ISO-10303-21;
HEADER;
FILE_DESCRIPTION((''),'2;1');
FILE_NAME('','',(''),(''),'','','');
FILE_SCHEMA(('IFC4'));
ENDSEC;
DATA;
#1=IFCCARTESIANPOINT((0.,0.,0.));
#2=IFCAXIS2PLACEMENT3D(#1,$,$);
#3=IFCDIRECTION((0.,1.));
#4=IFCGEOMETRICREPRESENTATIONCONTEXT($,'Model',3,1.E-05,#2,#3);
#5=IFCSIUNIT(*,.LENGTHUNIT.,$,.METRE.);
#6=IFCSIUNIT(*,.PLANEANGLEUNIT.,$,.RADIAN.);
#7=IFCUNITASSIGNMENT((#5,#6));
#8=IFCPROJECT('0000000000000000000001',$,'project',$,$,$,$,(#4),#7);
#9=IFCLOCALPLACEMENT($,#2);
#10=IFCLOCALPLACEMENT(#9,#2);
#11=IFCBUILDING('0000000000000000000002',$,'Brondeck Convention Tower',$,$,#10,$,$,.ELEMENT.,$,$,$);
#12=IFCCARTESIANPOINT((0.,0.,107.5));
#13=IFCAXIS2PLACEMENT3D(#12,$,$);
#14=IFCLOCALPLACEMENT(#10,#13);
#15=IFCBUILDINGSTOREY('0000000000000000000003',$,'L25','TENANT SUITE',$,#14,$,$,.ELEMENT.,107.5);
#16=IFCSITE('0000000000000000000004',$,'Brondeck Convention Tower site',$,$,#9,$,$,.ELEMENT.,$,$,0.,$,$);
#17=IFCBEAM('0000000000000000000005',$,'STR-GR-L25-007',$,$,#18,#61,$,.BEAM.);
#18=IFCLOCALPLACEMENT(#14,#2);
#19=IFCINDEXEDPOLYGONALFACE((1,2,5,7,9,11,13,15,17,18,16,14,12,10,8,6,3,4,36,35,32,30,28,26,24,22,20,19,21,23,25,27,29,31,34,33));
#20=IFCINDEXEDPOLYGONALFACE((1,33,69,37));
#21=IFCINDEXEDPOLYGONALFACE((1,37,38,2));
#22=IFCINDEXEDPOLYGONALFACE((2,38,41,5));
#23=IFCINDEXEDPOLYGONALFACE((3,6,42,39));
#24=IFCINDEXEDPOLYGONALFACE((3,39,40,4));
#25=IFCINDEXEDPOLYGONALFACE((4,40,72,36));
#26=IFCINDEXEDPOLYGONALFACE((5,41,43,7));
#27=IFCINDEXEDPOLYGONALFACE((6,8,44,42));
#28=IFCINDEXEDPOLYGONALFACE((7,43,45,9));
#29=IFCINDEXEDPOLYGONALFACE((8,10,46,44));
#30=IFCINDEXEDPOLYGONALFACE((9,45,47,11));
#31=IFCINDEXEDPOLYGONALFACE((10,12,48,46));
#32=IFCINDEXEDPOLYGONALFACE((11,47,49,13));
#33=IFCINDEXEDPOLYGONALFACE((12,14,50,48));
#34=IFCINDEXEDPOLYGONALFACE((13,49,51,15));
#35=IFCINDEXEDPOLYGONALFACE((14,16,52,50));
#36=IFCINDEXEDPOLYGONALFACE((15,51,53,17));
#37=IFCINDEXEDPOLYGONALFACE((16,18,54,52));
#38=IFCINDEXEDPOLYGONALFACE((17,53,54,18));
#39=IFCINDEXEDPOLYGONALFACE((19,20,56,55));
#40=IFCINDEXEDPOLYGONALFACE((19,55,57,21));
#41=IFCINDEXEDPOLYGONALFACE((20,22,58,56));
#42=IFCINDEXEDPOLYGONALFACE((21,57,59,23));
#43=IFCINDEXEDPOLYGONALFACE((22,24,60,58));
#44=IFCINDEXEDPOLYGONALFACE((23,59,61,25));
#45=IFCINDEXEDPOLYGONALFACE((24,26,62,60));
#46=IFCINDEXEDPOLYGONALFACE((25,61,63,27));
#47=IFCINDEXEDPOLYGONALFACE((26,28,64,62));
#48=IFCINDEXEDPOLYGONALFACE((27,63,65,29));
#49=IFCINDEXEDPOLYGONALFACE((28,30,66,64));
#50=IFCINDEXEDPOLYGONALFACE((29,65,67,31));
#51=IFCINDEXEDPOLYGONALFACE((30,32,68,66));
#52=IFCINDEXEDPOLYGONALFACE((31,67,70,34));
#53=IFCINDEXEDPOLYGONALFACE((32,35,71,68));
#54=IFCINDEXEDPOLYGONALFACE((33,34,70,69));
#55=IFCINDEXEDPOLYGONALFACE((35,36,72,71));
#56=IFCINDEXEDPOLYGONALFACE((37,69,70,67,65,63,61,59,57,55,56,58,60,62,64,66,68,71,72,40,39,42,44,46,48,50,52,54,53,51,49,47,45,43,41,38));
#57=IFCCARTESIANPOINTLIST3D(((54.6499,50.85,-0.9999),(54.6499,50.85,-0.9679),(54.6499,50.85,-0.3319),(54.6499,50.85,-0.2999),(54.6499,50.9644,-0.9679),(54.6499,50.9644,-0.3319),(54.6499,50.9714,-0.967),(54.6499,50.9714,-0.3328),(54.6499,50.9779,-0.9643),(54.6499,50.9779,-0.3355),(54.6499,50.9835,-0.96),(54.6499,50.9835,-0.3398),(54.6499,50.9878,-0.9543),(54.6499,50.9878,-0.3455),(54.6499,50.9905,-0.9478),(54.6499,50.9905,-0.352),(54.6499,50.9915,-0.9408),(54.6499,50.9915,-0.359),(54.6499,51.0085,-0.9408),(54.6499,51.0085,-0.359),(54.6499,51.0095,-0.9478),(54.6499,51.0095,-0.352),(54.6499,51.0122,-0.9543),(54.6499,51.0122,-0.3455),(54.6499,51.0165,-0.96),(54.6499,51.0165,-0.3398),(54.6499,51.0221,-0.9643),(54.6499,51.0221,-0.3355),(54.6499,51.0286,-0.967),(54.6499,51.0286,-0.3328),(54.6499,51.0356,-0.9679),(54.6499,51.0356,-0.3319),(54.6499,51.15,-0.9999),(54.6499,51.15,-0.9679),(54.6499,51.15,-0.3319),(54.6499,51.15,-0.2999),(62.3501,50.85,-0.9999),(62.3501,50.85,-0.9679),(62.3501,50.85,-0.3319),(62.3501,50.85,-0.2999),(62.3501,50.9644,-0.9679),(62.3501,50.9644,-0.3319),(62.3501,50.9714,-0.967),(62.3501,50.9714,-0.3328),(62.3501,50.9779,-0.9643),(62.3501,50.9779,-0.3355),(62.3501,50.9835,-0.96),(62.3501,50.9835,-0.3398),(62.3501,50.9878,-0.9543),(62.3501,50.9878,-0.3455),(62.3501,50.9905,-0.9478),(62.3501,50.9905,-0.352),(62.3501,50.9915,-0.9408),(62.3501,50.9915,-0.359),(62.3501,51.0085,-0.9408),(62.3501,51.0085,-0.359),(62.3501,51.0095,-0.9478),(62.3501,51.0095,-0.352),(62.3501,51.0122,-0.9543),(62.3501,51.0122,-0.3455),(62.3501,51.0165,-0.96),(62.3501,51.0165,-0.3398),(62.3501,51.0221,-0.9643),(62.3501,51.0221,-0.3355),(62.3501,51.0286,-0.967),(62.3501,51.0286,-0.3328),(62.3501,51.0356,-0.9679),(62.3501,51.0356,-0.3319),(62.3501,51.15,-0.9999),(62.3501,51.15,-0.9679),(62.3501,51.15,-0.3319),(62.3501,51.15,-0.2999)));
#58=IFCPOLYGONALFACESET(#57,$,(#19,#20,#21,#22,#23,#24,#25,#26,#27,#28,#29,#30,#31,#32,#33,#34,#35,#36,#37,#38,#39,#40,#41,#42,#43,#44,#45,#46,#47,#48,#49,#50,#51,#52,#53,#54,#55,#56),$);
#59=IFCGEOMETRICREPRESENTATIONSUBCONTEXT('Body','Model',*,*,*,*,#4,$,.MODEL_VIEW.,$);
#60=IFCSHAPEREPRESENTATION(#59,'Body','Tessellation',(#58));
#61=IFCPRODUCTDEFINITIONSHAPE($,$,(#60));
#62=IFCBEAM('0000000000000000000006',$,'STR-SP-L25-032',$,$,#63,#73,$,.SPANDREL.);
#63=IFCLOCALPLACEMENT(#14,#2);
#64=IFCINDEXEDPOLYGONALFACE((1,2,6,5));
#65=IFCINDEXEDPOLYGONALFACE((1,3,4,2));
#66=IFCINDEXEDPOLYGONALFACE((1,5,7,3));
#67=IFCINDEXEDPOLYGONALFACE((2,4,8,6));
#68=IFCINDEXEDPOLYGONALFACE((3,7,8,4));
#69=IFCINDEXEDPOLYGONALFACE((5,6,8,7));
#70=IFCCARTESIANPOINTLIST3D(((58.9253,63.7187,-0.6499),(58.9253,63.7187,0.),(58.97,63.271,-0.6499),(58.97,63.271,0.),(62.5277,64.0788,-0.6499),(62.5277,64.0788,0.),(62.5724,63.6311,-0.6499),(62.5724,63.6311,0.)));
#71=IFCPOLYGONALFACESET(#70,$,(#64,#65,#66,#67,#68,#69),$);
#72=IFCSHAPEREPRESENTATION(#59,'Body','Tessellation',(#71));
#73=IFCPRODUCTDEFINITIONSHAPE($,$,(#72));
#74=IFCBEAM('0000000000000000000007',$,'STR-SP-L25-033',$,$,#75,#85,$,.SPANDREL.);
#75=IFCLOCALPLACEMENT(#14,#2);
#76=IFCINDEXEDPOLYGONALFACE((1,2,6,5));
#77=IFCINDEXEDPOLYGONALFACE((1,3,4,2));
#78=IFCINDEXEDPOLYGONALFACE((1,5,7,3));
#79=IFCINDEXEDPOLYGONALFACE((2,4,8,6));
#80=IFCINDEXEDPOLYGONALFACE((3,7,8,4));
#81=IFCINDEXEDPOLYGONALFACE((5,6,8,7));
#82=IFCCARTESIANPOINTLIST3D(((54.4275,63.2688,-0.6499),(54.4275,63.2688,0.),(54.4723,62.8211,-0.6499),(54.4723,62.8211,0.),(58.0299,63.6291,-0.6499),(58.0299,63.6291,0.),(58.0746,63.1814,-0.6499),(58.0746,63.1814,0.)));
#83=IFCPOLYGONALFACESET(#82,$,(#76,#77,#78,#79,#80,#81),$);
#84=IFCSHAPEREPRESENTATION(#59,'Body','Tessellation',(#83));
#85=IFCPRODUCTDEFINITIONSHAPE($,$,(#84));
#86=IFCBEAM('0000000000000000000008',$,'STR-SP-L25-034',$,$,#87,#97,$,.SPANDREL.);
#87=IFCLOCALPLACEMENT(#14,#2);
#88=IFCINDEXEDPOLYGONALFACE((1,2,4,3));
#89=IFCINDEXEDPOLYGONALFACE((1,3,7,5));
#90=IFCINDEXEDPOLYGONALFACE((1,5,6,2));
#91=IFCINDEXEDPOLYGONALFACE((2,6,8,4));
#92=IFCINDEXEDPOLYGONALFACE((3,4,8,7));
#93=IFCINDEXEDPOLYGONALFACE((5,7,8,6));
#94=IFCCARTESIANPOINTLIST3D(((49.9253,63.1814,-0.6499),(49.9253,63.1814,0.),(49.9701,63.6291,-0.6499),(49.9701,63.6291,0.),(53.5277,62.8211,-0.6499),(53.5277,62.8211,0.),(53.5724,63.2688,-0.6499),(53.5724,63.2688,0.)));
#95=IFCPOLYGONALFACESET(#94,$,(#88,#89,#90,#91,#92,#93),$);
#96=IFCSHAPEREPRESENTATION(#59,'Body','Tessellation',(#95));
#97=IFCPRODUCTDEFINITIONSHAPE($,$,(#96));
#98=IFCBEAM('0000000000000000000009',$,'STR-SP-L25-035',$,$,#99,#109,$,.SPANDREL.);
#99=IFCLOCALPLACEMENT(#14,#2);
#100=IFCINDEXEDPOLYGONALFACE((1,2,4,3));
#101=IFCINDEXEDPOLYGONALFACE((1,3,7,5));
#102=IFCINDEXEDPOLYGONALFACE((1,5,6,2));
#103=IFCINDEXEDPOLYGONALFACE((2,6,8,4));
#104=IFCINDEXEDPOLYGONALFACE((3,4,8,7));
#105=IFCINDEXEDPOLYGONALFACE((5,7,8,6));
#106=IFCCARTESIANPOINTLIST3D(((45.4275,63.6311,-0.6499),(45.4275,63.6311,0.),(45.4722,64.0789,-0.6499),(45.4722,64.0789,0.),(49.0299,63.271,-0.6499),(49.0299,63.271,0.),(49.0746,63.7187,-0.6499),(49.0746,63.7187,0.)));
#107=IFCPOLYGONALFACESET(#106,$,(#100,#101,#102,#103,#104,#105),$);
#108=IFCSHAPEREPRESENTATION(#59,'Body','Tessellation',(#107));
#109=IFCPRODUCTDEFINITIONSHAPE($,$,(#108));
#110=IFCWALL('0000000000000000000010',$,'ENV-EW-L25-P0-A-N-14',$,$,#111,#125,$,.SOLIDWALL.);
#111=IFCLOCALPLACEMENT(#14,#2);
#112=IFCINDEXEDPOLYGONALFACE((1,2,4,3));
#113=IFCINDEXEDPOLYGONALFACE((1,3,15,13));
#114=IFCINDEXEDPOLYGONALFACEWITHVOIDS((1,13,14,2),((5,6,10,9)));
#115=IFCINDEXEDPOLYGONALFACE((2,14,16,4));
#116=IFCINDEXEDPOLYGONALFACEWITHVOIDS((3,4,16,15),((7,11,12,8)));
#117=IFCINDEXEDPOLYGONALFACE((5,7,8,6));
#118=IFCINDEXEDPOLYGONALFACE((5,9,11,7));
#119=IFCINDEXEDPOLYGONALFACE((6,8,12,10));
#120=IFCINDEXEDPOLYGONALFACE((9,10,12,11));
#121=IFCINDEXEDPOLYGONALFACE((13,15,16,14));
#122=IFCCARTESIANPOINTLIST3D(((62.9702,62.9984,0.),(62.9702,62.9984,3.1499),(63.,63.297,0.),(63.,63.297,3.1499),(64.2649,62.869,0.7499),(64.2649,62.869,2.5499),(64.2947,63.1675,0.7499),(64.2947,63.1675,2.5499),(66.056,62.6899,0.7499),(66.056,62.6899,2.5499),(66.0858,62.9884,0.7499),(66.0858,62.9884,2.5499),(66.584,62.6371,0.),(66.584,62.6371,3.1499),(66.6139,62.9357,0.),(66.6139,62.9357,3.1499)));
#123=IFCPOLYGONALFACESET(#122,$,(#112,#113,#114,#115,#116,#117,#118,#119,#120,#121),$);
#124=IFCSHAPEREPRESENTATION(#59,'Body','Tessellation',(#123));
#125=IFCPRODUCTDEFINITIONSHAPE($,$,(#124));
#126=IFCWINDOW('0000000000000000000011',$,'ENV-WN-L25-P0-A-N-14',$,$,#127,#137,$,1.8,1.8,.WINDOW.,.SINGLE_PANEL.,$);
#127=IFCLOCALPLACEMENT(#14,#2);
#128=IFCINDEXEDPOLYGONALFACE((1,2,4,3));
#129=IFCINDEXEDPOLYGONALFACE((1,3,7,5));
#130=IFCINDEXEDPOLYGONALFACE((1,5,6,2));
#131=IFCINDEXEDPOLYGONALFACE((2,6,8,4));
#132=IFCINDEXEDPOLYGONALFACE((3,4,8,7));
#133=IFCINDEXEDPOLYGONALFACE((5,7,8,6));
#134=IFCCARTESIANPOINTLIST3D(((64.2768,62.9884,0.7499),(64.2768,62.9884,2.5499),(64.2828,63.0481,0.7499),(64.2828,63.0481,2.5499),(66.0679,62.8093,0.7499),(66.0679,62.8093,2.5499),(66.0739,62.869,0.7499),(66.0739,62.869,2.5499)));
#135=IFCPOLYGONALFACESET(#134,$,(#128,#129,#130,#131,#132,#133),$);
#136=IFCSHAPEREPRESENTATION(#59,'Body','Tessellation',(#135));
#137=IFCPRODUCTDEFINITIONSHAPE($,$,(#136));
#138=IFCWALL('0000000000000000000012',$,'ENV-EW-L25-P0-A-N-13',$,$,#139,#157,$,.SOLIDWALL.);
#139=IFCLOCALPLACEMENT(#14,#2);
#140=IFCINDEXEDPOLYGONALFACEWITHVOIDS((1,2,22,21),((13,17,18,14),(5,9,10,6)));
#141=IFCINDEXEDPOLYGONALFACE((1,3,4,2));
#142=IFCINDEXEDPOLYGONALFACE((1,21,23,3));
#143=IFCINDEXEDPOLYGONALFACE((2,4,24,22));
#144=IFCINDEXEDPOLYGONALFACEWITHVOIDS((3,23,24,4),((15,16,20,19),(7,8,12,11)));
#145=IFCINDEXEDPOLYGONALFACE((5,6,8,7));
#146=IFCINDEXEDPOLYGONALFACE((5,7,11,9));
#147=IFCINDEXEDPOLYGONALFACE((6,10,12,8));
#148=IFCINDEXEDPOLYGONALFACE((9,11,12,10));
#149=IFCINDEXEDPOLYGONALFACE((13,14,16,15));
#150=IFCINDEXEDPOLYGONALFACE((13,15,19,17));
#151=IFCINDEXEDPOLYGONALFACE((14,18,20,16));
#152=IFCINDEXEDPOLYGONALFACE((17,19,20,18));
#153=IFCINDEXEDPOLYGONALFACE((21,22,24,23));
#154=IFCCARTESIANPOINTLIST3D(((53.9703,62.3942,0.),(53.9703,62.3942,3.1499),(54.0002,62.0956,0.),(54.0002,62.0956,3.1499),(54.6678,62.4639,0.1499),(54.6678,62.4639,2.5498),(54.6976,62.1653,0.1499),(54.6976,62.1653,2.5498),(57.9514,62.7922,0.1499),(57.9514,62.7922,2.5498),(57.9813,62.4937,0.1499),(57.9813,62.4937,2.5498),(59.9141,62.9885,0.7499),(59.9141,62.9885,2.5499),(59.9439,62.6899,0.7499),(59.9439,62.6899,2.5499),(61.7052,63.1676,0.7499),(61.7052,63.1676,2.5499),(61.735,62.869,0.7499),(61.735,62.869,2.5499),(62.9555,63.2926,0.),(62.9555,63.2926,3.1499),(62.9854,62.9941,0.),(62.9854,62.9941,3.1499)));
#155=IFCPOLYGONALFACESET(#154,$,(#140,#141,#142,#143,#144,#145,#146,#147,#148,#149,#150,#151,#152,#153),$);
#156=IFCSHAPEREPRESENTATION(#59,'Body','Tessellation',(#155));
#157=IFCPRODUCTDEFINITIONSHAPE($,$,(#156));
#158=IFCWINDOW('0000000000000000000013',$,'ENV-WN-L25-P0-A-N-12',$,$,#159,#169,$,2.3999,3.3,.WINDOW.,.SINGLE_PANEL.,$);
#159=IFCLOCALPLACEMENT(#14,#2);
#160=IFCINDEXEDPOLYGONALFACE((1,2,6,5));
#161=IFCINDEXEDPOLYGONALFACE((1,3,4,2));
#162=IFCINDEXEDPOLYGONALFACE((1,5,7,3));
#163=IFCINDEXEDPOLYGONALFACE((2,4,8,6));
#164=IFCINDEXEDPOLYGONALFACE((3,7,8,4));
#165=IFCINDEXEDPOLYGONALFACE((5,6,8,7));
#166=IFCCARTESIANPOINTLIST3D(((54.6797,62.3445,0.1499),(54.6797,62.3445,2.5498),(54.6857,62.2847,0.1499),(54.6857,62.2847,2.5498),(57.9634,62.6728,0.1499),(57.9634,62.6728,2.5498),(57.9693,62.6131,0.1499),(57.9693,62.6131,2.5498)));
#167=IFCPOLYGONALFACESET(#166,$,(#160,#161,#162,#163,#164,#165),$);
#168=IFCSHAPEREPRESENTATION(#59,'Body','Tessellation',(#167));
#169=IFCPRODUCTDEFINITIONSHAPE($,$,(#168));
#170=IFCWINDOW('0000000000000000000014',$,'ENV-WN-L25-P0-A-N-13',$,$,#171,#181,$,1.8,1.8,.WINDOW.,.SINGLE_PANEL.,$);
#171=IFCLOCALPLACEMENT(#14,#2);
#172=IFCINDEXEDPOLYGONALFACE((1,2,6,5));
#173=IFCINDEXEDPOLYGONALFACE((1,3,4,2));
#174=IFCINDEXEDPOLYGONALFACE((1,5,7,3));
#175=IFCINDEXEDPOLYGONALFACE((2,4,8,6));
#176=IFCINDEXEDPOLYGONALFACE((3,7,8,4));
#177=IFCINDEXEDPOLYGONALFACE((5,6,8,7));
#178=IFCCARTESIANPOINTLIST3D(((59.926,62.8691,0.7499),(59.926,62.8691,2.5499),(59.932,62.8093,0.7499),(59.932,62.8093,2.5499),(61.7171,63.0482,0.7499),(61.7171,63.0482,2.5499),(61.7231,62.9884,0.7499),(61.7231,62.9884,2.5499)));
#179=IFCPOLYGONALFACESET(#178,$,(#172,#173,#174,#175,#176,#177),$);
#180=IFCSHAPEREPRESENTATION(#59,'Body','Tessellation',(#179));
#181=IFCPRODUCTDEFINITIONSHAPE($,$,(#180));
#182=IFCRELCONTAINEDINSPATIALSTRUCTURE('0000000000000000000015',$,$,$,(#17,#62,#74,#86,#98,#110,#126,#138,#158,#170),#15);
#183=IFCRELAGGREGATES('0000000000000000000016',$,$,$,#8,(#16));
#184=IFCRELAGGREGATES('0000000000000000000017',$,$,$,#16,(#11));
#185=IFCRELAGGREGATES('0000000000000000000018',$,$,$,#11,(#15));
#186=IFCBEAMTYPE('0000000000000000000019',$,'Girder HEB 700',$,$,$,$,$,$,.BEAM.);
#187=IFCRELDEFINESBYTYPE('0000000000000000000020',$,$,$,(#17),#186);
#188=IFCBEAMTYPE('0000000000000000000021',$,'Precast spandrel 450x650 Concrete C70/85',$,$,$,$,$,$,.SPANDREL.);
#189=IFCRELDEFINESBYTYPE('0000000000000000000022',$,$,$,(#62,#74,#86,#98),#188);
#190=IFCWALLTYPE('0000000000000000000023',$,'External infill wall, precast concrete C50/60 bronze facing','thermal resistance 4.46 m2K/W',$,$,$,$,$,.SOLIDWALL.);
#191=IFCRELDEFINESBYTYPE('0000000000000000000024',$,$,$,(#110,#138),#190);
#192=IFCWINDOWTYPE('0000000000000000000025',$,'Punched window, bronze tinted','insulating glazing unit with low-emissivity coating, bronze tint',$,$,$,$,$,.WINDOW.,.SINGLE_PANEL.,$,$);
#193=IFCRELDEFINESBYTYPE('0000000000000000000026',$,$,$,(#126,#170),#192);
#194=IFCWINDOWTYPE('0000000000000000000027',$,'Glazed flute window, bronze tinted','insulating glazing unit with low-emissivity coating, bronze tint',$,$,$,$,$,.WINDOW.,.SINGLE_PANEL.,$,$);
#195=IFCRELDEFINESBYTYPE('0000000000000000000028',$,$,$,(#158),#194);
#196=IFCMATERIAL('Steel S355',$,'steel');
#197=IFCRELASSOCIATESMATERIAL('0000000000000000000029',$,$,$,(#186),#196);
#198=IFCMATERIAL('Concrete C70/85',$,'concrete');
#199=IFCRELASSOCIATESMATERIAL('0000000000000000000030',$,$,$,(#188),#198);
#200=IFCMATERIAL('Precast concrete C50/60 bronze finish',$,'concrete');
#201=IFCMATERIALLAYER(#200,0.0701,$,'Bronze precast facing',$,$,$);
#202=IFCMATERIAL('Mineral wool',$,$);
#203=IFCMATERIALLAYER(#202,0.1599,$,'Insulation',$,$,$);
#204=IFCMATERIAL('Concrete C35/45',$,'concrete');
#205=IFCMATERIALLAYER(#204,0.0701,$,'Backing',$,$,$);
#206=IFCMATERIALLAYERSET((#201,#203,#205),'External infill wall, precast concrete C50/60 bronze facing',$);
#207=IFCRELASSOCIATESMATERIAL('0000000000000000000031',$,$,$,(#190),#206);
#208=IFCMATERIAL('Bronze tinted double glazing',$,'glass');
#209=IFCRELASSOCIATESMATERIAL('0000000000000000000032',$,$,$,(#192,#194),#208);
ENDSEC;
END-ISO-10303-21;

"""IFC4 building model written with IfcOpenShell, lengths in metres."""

from ifc_helpers import new_model, si_unit, direction, frame, frame_2d, origin, origin_2d, place, context, subcontext, project, spatial, rectangle, i_section, extrude, material, layer, layer_set, material_profile, profile_set, type_object, element, fill, save


model = new_model("IFC4")

# Units and contexts
model_context = context("Model", 3, precision=1e-05, world=origin(), true_north=direction((0.0, 1.0)))
body_context = subcontext(model_context, "Body", "Model", "MODEL_VIEW")
ifc_project = project(units=[si_unit("LENGTHUNIT", "METRE"), si_unit("PLANEANGLEUNIT", "RADIAN")], contexts=[model_context])

# Site, building, storey
site_placement = place(None, origin())
site = spatial("IfcSite", under=ifc_project, at=site_placement, Name="Brondeck Convention Tower site", CompositionType="ELEMENT", RefElevation=0.0)
building_placement = place(site_placement, origin())
building = spatial("IfcBuilding", under=site, at=building_placement, Name="Brondeck Convention Tower", CompositionType="ELEMENT")
storey_placement = place(building_placement, frame((0.0, 0.0, 107.5)))
storey = spatial("IfcBuildingStorey", under=building, at=storey_placement, Name="L25", Description="TENANT SUITE", CompositionType="ELEMENT", Elevation=107.5)

# Shared definitions
ifc_material_1 = material(Name="Concrete C70/85", Category="concrete")

# Beams
ifc_material_2 = material(Name="Steel S355", Category="steel")
ifc_material_profile_1 = material_profile(ifc_material_2, i_section(OverallWidth=0.3, OverallDepth=0.7, WebThickness=0.0171, FlangeThickness=0.032, FilletRadius=0.0271, at=origin_2d()), Name="HEB 700")
ifc_profile_set_1 = profile_set([ifc_material_profile_1], Name="Steel S355")
beam_type_1 = type_object("IfcBeamType", Name="Girder HEB 700", PredefinedType="BEAM", material=ifc_profile_set_1)
for number, where, z_axis, x_axis, name in (
    (1, (54.6499, 51.0, -0.6499), (1.0, 0.0, 0.0), (0.0, 1.0, 0.0), "STR-GR-L25-007"),
):
    element("IfcBeam", number, at=place(storey_placement, frame(where, z_axis=z_axis, x_axis=x_axis)), inside=storey, type_object=beam_type_1, Name=name, PredefinedType="BEAM", context=body_context, shape_type="SweptSolid", body=[
        extrude(i_section(OverallWidth=0.3, OverallDepth=0.7, WebThickness=0.0171, FlangeThickness=0.032, FilletRadius=0.0271, at=origin_2d()), origin(), (0.0, 0.0, 1.0), 7.7002),
    ])
ifc_material_profile_2 = material_profile(ifc_material_1, rectangle(XDim=0.45, YDim=0.6499, at=origin_2d()), Name="Precast spandrel 450x650 Concrete C70/85")
ifc_profile_set_2 = profile_set([ifc_material_profile_2], Name="Concrete C70/85")
beam_type_2 = type_object("IfcBeamType", Name="Precast spandrel 450x650 Concrete C70/85", PredefinedType="SPANDREL", material=ifc_profile_set_2)
for number, where, z_axis, x_axis, name in (
    (2, (62.55, 63.855, -0.325), (-0.995041, -0.09947, 0.0), (0.09947, -0.995041, 0.0), "STR-SP-L25-032"),
    (3, (58.0522, 63.4053, -0.325), (-0.995034, -0.099537, 0.0), (0.099537, -0.995034, 0.0), "STR-SP-L25-033"),
    (4, (53.55, 63.0449, -0.325), (-0.995034, 0.099537, 0.0), (-0.099537, -0.995034, 0.0), "STR-SP-L25-034"),
    (5, (49.0522, 63.4949, -0.325), (-0.995041, 0.09947, 0.0), (-0.09947, -0.995041, 0.0), "STR-SP-L25-035"),
):
    element("IfcBeam", number, at=place(storey_placement, frame(where, z_axis=z_axis, x_axis=x_axis)), inside=storey, type_object=beam_type_2, Name=name, PredefinedType="SPANDREL", context=body_context, shape_type="SweptSolid", body=[
        extrude(rectangle(XDim=0.45, YDim=0.6499, at=origin_2d()), origin(), (0.0, 0.0, 1.0), 3.6204),
    ])

# Wall, opening, window
ifc_material_3 = material(Name="Precast concrete C50/60 bronze finish", Category="concrete")
ifc_layer_1 = layer(ifc_material_3, 0.0701, Name="Bronze precast facing")
ifc_material_4 = material(Name="Mineral wool")
ifc_layer_2 = layer(ifc_material_4, 0.1599, Name="Insulation")
ifc_material_5 = material(Name="Concrete C35/45", Category="concrete")
ifc_layer_3 = layer(ifc_material_5, 0.0701, Name="Backing")
ifc_layer_set_1 = layer_set([ifc_layer_1, ifc_layer_2, ifc_layer_3], Name="External infill wall, precast concrete C50/60 bronze facing")
wall_type_1 = type_object("IfcWallType", Name="External infill wall, precast concrete C50/60 bronze facing", Description="thermal resistance 4.46 m2K/W", PredefinedType="SOLIDWALL", material=ifc_layer_set_1)
wall_1_placement = place(storey_placement, frame((62.9851, 63.1477, 0.0), z_axis=(0.0, 0.0, 1.0), x_axis=(0.995039, -0.09949, 0.0)))
wall_1 = element("IfcWall", 6, at=wall_1_placement, inside=storey, type_object=wall_type_1, Name="ENV-EW-L25-P0-A-N-14", PredefinedType="SOLIDWALL", context=body_context, shape_type="SweptSolid", body=[
    extrude(rectangle(XDim=3.6318, YDim=0.3, at=frame_2d((1.8159, 0.0))), origin(), (0.0, 0.0, 1.0), 3.1499),
])
opening_1_placement = place(wall_1_placement, frame((1.3013, 0.0, 0.75)))
opening_1 = element("IfcOpeningElement", 7, at=opening_1_placement, cuts=wall_1, PredefinedType="OPENING", context=body_context, shape_type="SweptSolid", body=[
    extrude(rectangle(XDim=1.8, YDim=1.8, at=frame_2d((0.8999, 0.8999))), frame((0.0, 0.1599, 0.0), z_axis=(0.0, -1.0, 0.0), x_axis=(1.0, 0.0, 0.0)), (0.0, 0.0, 1.0), 0.3201),
])
ifc_material_6 = material(Name="Bronze tinted double glazing", Category="glass")
window_type_1 = type_object("IfcWindowType", Name="Punched window, bronze tinted", Description="insulating glazing unit with low-emissivity coating, bronze tint", PartitioningType="SINGLE_PANEL", PredefinedType="WINDOW", material=ifc_material_6)
window_1_placement = place(opening_1_placement, origin())
window_1 = element("IfcWindow", 8, at=window_1_placement, inside=storey, type_object=window_type_1, Name="ENV-WN-L25-P0-A-N-14", OverallHeight=1.8, OverallWidth=1.8, PartitioningType="SINGLE_PANEL", PredefinedType="WINDOW", context=body_context, shape_type="SweptSolid", body=[
    extrude(rectangle(XDim=1.8, YDim=1.8, at=frame_2d((0.8999, 0.8999))), frame((0.0, 0.03, 0.0), z_axis=(0.0, -1.0, 0.0), x_axis=(1.0, 0.0, 0.0)), (0.0, 0.0, 1.0), 0.0601),
])
fill(opening_1, window_1)

# Wall, openings, windows
wall_2_placement = place(storey_placement, frame((53.9851, 62.2449, 0.0), z_axis=(0.0, 0.0, 1.0), x_axis=(0.995038, 0.099496, 0.0)))
wall_2 = element("IfcWall", 9, at=wall_2_placement, inside=storey, type_object=wall_type_1, Name="ENV-EW-L25-P0-A-N-13", PredefinedType="SOLIDWALL", context=body_context, shape_type="SweptSolid", body=[
    extrude(rectangle(XDim=9.03, YDim=0.3, at=frame_2d((4.5151, 0.0))), origin(), (0.0, 0.0, 1.0), 3.1499),
])
opening_2_placement = place(wall_2_placement, frame((0.7012, 0.0, 0.1499)))
opening_2 = element("IfcOpeningElement", 10, at=opening_2_placement, cuts=wall_2, PredefinedType="OPENING", context=body_context, shape_type="SweptSolid", body=[
    extrude(rectangle(XDim=3.3, YDim=2.3999, at=frame_2d((1.6499, 1.2))), frame((0.0, 0.1599, 0.0), z_axis=(0.0, -1.0, 0.0), x_axis=(1.0, 0.0, 0.0)), (0.0, 0.0, 1.0), 0.3201),
])
opening_3_placement = place(wall_2_placement, frame((5.9736, 0.0, 0.75)))
opening_3 = element("IfcOpeningElement", 11, at=opening_3_placement, cuts=wall_2, PredefinedType="OPENING", context=body_context, shape_type="SweptSolid", body=[
    extrude(rectangle(XDim=1.8, YDim=1.8, at=frame_2d((0.8999, 0.8999))), frame((0.0, 0.1599, 0.0), z_axis=(0.0, -1.0, 0.0), x_axis=(1.0, 0.0, 0.0)), (0.0, 0.0, 1.0), 0.3201),
])
window_type_2 = type_object("IfcWindowType", Name="Glazed flute window, bronze tinted", Description="insulating glazing unit with low-emissivity coating, bronze tint", PartitioningType="SINGLE_PANEL", PredefinedType="WINDOW", material=ifc_material_6)
window_2_placement = place(opening_2_placement, origin())
window_2 = element("IfcWindow", 12, at=window_2_placement, inside=storey, type_object=window_type_2, Name="ENV-WN-L25-P0-A-N-12", OverallHeight=2.3999, OverallWidth=3.3, PartitioningType="SINGLE_PANEL", PredefinedType="WINDOW", context=body_context, shape_type="SweptSolid", body=[
    extrude(rectangle(XDim=3.3, YDim=2.3999, at=frame_2d((1.6499, 1.2))), frame((0.0, 0.03, 0.0), z_axis=(0.0, -1.0, 0.0), x_axis=(1.0, 0.0, 0.0)), (0.0, 0.0, 1.0), 0.0601),
])
fill(opening_2, window_2)
window_3_placement = place(opening_3_placement, origin())
window_3 = element("IfcWindow", 13, at=window_3_placement, inside=storey, type_object=window_type_1, Name="ENV-WN-L25-P0-A-N-13", OverallHeight=1.8, OverallWidth=1.8, PartitioningType="SINGLE_PANEL", PredefinedType="WINDOW", context=body_context, shape_type="SweptSolid", body=[
    extrude(rectangle(XDim=1.8, YDim=1.8, at=frame_2d((0.8999, 0.8999))), frame((0.0, 0.03, 0.0), z_axis=(0.0, -1.0, 0.0), x_axis=(1.0, 0.0, 0.0)), (0.0, 0.0, 1.0), 0.0601),
])
fill(opening_3, window_3)

save(model, "model.ifc")
